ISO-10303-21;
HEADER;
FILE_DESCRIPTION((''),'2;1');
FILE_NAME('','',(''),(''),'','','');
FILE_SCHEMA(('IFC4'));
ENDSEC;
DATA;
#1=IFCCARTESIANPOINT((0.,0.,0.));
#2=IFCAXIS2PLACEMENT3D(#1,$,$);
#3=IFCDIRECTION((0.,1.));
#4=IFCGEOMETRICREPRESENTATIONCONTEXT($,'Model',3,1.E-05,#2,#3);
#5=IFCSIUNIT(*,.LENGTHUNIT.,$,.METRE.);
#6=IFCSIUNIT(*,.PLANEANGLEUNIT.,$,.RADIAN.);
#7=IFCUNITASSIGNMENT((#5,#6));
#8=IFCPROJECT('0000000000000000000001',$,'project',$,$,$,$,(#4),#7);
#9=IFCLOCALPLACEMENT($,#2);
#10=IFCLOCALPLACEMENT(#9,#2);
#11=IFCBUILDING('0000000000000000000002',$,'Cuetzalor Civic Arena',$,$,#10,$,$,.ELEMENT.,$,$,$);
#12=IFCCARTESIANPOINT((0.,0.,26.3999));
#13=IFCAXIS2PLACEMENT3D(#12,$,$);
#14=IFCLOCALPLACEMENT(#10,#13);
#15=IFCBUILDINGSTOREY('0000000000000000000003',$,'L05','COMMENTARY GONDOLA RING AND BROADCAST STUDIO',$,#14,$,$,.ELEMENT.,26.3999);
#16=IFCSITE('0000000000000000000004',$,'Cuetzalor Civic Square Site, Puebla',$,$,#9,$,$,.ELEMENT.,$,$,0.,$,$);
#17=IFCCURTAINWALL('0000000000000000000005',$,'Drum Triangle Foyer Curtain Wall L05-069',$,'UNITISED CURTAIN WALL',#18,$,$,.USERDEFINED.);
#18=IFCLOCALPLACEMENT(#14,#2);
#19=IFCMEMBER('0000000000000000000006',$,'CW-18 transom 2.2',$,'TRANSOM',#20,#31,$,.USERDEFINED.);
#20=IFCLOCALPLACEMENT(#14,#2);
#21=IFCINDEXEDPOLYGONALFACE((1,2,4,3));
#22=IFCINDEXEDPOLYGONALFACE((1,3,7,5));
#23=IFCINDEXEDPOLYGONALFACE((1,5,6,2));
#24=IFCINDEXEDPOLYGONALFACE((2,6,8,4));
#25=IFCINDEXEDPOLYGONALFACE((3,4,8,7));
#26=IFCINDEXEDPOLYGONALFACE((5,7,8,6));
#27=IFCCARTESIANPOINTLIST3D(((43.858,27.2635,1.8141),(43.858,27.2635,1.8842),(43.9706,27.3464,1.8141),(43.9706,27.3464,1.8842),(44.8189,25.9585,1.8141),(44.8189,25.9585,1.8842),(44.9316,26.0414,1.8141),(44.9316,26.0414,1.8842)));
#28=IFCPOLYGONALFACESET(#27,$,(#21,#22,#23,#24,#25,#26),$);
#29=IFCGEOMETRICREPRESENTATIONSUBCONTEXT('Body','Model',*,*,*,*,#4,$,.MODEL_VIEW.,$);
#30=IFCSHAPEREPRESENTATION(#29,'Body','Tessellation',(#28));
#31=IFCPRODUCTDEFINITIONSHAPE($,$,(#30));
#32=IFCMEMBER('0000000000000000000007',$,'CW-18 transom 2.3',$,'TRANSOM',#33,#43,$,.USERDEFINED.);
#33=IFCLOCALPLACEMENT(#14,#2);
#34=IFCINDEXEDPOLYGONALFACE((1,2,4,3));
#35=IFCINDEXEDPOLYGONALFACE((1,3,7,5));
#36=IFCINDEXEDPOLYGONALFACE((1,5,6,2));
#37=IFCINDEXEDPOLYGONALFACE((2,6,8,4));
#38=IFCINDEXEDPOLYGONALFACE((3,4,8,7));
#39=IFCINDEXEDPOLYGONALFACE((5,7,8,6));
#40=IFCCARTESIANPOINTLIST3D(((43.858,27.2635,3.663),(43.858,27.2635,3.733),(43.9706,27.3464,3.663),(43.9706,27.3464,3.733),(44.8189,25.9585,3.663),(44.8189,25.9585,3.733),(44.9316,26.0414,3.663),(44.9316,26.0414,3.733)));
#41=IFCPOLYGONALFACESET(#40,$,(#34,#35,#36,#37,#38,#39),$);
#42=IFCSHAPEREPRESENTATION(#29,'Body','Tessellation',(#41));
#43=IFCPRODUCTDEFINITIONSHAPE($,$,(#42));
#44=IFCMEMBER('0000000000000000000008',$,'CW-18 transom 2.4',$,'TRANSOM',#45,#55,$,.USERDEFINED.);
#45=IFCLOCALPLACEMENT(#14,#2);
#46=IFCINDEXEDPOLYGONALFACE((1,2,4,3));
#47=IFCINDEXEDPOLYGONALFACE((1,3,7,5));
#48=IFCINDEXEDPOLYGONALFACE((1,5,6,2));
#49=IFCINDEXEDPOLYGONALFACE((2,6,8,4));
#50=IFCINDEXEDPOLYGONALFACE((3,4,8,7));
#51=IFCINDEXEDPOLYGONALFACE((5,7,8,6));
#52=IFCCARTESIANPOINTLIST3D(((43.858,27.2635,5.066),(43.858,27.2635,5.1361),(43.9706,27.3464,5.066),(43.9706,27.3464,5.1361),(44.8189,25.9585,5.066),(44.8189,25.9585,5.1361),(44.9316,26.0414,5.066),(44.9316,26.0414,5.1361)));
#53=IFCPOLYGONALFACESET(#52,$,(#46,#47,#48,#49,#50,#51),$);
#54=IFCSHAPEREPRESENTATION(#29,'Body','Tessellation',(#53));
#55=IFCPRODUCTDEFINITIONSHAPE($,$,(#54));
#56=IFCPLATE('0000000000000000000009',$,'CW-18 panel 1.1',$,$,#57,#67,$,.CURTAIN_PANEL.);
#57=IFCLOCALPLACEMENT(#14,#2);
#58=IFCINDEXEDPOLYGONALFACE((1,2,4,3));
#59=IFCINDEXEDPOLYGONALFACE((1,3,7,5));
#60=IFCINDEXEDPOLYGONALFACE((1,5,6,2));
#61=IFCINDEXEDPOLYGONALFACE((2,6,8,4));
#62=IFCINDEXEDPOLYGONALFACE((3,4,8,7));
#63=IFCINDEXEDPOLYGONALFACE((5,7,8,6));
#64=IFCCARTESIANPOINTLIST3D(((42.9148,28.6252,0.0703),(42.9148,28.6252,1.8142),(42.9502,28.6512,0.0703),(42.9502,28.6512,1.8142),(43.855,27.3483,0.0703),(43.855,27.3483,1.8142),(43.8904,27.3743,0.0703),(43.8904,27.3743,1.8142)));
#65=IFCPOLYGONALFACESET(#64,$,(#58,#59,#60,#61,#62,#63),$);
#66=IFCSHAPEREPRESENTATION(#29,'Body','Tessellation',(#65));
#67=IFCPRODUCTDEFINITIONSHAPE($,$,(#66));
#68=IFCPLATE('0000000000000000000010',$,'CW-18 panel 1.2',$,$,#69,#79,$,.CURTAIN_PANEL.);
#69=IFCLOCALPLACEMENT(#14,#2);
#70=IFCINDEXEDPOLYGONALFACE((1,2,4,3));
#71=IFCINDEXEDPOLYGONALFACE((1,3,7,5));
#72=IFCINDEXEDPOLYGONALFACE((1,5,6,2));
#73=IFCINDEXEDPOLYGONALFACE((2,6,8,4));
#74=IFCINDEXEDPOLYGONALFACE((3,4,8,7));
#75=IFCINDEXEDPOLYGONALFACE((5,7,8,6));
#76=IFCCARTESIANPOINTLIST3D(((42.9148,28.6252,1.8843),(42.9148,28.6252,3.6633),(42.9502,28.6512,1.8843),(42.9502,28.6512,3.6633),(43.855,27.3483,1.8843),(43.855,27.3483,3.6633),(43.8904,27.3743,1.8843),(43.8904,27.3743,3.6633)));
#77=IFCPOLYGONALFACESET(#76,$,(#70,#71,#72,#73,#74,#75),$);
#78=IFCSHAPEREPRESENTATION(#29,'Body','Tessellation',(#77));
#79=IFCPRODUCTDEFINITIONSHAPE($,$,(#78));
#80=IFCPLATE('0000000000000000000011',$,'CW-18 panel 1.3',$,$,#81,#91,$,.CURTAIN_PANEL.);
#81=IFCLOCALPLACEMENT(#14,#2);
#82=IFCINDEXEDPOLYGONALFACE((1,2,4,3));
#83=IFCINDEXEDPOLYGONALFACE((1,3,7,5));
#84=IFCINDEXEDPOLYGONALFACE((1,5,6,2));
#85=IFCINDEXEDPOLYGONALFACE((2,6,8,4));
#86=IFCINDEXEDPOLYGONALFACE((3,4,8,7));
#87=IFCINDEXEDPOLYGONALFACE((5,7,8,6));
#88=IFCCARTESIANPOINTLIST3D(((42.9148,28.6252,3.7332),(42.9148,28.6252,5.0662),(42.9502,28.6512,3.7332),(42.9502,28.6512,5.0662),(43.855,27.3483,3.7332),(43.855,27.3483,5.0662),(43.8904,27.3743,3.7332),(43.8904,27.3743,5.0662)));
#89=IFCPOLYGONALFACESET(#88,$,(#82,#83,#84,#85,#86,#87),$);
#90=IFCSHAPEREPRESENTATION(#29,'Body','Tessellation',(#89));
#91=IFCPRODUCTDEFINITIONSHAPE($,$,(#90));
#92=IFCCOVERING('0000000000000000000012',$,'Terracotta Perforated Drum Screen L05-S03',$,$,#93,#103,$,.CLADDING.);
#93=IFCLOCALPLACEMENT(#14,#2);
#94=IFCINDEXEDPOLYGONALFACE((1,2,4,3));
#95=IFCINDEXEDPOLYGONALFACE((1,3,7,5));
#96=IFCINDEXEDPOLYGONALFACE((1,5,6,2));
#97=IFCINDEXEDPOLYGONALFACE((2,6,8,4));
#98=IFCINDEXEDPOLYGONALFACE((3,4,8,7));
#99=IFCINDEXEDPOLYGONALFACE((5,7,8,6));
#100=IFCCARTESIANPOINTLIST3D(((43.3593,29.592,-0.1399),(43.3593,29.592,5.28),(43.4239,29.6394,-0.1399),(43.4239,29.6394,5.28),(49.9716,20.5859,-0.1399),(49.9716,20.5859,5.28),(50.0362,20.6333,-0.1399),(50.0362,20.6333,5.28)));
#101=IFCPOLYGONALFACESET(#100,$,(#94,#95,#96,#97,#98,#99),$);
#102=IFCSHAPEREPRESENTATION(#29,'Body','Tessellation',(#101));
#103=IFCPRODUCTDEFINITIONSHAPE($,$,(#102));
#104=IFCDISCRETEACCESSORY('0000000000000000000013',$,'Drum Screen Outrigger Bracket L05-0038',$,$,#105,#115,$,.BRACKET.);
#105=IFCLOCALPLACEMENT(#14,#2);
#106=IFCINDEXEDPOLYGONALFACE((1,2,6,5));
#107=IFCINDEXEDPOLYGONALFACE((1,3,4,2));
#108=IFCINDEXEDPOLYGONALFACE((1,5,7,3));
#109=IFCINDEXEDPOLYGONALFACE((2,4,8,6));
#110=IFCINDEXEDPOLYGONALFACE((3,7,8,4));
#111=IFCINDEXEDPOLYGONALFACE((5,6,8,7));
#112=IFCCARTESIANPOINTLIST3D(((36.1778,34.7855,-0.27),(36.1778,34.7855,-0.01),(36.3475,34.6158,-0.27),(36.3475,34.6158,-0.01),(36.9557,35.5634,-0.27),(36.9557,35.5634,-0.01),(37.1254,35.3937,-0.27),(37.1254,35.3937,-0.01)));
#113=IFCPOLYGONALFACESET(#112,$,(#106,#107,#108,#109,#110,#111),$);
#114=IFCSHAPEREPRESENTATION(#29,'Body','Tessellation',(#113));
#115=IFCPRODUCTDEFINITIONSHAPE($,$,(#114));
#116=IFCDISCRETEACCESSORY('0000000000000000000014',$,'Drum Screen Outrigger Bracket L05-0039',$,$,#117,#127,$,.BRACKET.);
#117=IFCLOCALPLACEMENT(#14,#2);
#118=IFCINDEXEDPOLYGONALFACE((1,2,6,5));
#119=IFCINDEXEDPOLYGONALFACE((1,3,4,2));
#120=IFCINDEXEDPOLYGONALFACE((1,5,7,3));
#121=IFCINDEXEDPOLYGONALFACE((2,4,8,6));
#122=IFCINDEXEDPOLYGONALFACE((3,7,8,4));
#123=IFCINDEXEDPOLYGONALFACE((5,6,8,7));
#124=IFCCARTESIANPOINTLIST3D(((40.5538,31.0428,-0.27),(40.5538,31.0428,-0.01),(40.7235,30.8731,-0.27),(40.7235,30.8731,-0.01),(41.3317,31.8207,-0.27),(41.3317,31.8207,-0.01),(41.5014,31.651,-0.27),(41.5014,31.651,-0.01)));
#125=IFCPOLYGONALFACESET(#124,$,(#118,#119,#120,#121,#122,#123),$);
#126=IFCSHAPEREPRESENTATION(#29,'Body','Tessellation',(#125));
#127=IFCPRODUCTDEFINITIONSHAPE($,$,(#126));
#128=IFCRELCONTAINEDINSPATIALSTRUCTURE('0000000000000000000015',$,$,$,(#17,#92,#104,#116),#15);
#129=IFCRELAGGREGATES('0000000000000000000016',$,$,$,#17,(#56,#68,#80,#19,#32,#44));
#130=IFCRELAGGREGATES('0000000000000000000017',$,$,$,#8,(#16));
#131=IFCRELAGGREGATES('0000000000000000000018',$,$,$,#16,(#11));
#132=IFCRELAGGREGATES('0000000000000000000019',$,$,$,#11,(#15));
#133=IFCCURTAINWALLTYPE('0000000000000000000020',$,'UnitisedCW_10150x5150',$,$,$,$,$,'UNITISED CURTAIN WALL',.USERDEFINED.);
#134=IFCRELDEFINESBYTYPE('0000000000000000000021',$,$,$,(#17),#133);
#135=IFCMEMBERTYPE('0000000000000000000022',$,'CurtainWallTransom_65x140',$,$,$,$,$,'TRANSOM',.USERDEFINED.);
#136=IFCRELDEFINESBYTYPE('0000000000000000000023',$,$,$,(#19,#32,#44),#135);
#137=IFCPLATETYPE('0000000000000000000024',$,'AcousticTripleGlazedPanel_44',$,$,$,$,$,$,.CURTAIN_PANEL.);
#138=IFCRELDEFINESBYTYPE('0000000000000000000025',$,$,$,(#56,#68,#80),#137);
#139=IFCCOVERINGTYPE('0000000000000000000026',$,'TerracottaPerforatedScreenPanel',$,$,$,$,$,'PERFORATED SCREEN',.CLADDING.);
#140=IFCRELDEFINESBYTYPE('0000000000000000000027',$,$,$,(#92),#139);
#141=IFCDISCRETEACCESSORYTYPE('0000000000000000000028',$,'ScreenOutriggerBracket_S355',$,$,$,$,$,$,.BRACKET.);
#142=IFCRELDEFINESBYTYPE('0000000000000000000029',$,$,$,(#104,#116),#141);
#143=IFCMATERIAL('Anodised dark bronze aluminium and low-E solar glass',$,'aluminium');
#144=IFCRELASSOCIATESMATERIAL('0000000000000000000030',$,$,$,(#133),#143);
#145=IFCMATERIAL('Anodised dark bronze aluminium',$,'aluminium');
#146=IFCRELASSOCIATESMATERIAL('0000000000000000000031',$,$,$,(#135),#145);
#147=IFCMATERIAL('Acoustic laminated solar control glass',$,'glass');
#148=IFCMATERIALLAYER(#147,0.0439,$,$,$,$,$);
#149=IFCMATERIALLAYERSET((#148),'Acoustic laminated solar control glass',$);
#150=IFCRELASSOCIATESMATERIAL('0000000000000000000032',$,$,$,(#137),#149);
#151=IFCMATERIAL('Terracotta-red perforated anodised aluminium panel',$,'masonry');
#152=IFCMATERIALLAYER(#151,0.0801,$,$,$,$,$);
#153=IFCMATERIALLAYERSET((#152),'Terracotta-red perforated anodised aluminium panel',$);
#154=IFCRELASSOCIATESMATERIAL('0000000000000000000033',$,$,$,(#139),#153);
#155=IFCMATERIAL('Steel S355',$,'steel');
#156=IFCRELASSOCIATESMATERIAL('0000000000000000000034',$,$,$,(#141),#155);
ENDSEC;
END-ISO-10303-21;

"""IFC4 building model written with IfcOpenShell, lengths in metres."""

from ifc_helpers import new_model, si_unit, direction, frame, frame_2d, origin, origin_2d, place, context, subcontext, project, spatial, rectangle, extrude, material, layer, layer_set, material_profile, profile_set, type_object, element, aggregate, save


model = new_model("IFC4")

# Units and contexts
model_context = context("Model", 3, precision=1e-05, world=origin(), true_north=direction((0.0, 1.0)))
body_context = subcontext(model_context, "Body", "Model", "MODEL_VIEW")
ifc_project = project(units=[si_unit("LENGTHUNIT", "METRE"), si_unit("PLANEANGLEUNIT", "RADIAN")], contexts=[model_context])

# Site, building, storey
site_placement = place(None, origin())
site = spatial("IfcSite", under=ifc_project, at=site_placement, Name="Cuetzalor Civic Square Site, Puebla", CompositionType="ELEMENT", RefElevation=0.0)
building_placement = place(site_placement, origin())
building = spatial("IfcBuilding", under=site, at=building_placement, Name="Cuetzalor Civic Arena", CompositionType="ELEMENT")
storey_placement = place(building_placement, frame((0.0, 0.0, 26.3999)))
storey = spatial("IfcBuildingStorey", under=building, at=storey_placement, Name="L05", Description="COMMENTARY GONDOLA RING AND BROADCAST STUDIO", CompositionType="ELEMENT", Elevation=26.3999)

# Curtain wall, members, plates
ifc_material_1 = material(Name="Anodised dark bronze aluminium and low-E solar glass", Category="aluminium")
curtain_wall_type = type_object("IfcCurtainWallType", Name="UnitisedCW_10150x5150", ElementType="UNITISED CURTAIN WALL", PredefinedType="USERDEFINED", material=ifc_material_1)
curtain_wall_placement = place(storey_placement, origin())
curtain_wall = element("IfcCurtainWall", 1, at=curtain_wall_placement, inside=storey, type_object=curtain_wall_type, Name="Drum Triangle Foyer Curtain Wall L05-069", ObjectType="UNITISED CURTAIN WALL", PredefinedType="USERDEFINED")
ifc_material_2 = material(Name="Anodised dark bronze aluminium", Category="aluminium")
ifc_material_profile_1 = material_profile(ifc_material_2, rectangle(XDim=0.1399, YDim=0.0701, at=origin_2d()), Name="ALU TRANSOM 70x140")
ifc_profile_set_1 = profile_set([ifc_material_profile_1], Name="Anodised dark bronze aluminium")
member_type_1 = type_object("IfcMemberType", Name="CurtainWallTransom_65x140", ElementType="TRANSOM", PredefinedType="USERDEFINED", material=ifc_profile_set_1)
member_1_placement = place(storey_placement, frame((43.9143, 27.3049, 1.8491), z_axis=(0.592963, -0.80523, 0.0), x_axis=(0.80523, 0.592963, 0.0)))
member_1 = element("IfcMember", 2, at=member_1_placement, type_object=member_type_1, Name="CW-18 transom 2.2", ObjectType="TRANSOM", PredefinedType="USERDEFINED", context=body_context, shape_type="SweptSolid", body=[
    extrude(rectangle(XDim=0.1399, YDim=0.0701, at=origin_2d()), origin(), (0.0, 0.0, 1.0), 1.6206),
])
member_2_placement = place(storey_placement, frame((43.9143, 27.3049, 3.698), z_axis=(0.592963, -0.80523, 0.0), x_axis=(0.80523, 0.592963, 0.0)))
member_2 = element("IfcMember", 3, at=member_2_placement, type_object=member_type_1, Name="CW-18 transom 2.3", ObjectType="TRANSOM", PredefinedType="USERDEFINED", context=body_context, shape_type="SweptSolid", body=[
    extrude(rectangle(XDim=0.1399, YDim=0.0701, at=origin_2d()), origin(), (0.0, 0.0, 1.0), 1.6206),
])
member_3_placement = place(storey_placement, frame((43.9143, 27.3049, 5.1011), z_axis=(0.592963, -0.80523, 0.0), x_axis=(0.80523, 0.592963, 0.0)))
member_3 = element("IfcMember", 4, at=member_3_placement, type_object=member_type_1, Name="CW-18 transom 2.4", ObjectType="TRANSOM", PredefinedType="USERDEFINED", context=body_context, shape_type="SweptSolid", body=[
    extrude(rectangle(XDim=0.1399, YDim=0.0701, at=origin_2d()), origin(), (0.0, 0.0, 1.0), 1.6206),
])
ifc_material_3 = material(Name="Acoustic laminated solar control glass", Category="glass")
ifc_layer_1 = layer(ifc_material_3, 0.0439)
ifc_layer_set_1 = layer_set([ifc_layer_1], Name="Acoustic laminated solar control glass")
plate_type = type_object("IfcPlateType", Name="AcousticTripleGlazedPanel_44", PredefinedType="CURTAIN_PANEL", material=ifc_layer_set_1)
plate_1_placement = place(storey_placement, frame((43.4026, 27.9998, 0.0703), z_axis=(0.0, 0.0, 1.0), x_axis=(0.592929, -0.805255, 0.0)))
plate_1 = element("IfcPlate", 5, at=plate_1_placement, type_object=plate_type, Name="CW-18 panel 1.1", PredefinedType="CURTAIN_PANEL", context=body_context, shape_type="SweptSolid", body=[
    extrude(rectangle(XDim=1.5857, YDim=0.0439, at=origin_2d()), origin(), (0.0, 0.0, 1.0), 1.7439),
])
plate_2_placement = place(storey_placement, frame((43.4026, 27.9998, 1.8843), z_axis=(0.0, 0.0, 1.0), x_axis=(0.592929, -0.805255, 0.0)))
plate_2 = element("IfcPlate", 6, at=plate_2_placement, type_object=plate_type, Name="CW-18 panel 1.2", PredefinedType="CURTAIN_PANEL", context=body_context, shape_type="SweptSolid", body=[
    extrude(rectangle(XDim=1.5857, YDim=0.0439, at=origin_2d()), origin(), (0.0, 0.0, 1.0), 1.7791),
])
plate_3_placement = place(storey_placement, frame((43.4026, 27.9998, 3.7332), z_axis=(0.0, 0.0, 1.0), x_axis=(0.592929, -0.805255, 0.0)))
plate_3 = element("IfcPlate", 7, at=plate_3_placement, type_object=plate_type, Name="CW-18 panel 1.3", PredefinedType="CURTAIN_PANEL", context=body_context, shape_type="SweptSolid", body=[
    extrude(rectangle(XDim=1.5857, YDim=0.0439, at=origin_2d()), origin(), (0.0, 0.0, 1.0), 1.333),
])
aggregate(curtain_wall, [plate_1, plate_2, plate_3, member_1, member_2, member_3])

# Covering
ifc_material_4 = material(Name="Terracotta-red perforated anodised aluminium panel", Category="masonry")
ifc_layer_2 = layer(ifc_material_4, 0.0801)
ifc_layer_set_2 = layer_set([ifc_layer_2], Name="Terracotta-red perforated anodised aluminium panel")
covering_type = type_object("IfcCoveringType", Name="TerracottaPerforatedScreenPanel", ElementType="PERFORATED SCREEN", PredefinedType="CLADDING", material=ifc_layer_set_2)
covering_placement = place(storey_placement, frame((43.3916, 29.6157, -0.1399), z_axis=(0.0, 0.0, 1.0), x_axis=(0.591819, -0.806071, 0.0)))
element("IfcCovering", 8, at=covering_placement, inside=storey, type_object=covering_type, Name="Terracotta Perforated Drum Screen L05-S03", PredefinedType="CLADDING", context=body_context, shape_type="SweptSolid", body=[
    extrude(rectangle(XDim=11.1729, YDim=0.0801, at=frame_2d((5.5864, 0.0))), origin(), (0.0, 0.0, 1.0), 5.4199),
])

# Discrete accessories
ifc_material_5 = material(Name="Steel S355", Category="steel")
discrete_accessory_type = type_object("IfcDiscreteAccessoryType", Name="ScreenOutriggerBracket_S355", PredefinedType="BRACKET", material=ifc_material_5)
for number, where, z_axis, x_axis, name in (
    (9, (36.6516, 35.0896, -0.27), (0.0, 0.0, 1.0), (0.707107, 0.707107, 0.0), "Drum Screen Outrigger Bracket L05-0038"),
    (10, (41.0276, 31.3469, -0.27), (0.0, 0.0, 1.0), (0.707107, 0.707107, 0.0), "Drum Screen Outrigger Bracket L05-0039"),
):
    element("IfcDiscreteAccessory", number, at=place(storey_placement, frame(where, z_axis=z_axis, x_axis=x_axis)), inside=storey, type_object=discrete_accessory_type, Name=name, PredefinedType="BRACKET", context=body_context, shape_type="SweptSolid", body=[
        extrude(rectangle(XDim=1.1001, YDim=0.24, at=origin_2d()), origin(), (0.0, 0.0, 1.0), 0.26),
    ])

save(model, "model.ifc")
